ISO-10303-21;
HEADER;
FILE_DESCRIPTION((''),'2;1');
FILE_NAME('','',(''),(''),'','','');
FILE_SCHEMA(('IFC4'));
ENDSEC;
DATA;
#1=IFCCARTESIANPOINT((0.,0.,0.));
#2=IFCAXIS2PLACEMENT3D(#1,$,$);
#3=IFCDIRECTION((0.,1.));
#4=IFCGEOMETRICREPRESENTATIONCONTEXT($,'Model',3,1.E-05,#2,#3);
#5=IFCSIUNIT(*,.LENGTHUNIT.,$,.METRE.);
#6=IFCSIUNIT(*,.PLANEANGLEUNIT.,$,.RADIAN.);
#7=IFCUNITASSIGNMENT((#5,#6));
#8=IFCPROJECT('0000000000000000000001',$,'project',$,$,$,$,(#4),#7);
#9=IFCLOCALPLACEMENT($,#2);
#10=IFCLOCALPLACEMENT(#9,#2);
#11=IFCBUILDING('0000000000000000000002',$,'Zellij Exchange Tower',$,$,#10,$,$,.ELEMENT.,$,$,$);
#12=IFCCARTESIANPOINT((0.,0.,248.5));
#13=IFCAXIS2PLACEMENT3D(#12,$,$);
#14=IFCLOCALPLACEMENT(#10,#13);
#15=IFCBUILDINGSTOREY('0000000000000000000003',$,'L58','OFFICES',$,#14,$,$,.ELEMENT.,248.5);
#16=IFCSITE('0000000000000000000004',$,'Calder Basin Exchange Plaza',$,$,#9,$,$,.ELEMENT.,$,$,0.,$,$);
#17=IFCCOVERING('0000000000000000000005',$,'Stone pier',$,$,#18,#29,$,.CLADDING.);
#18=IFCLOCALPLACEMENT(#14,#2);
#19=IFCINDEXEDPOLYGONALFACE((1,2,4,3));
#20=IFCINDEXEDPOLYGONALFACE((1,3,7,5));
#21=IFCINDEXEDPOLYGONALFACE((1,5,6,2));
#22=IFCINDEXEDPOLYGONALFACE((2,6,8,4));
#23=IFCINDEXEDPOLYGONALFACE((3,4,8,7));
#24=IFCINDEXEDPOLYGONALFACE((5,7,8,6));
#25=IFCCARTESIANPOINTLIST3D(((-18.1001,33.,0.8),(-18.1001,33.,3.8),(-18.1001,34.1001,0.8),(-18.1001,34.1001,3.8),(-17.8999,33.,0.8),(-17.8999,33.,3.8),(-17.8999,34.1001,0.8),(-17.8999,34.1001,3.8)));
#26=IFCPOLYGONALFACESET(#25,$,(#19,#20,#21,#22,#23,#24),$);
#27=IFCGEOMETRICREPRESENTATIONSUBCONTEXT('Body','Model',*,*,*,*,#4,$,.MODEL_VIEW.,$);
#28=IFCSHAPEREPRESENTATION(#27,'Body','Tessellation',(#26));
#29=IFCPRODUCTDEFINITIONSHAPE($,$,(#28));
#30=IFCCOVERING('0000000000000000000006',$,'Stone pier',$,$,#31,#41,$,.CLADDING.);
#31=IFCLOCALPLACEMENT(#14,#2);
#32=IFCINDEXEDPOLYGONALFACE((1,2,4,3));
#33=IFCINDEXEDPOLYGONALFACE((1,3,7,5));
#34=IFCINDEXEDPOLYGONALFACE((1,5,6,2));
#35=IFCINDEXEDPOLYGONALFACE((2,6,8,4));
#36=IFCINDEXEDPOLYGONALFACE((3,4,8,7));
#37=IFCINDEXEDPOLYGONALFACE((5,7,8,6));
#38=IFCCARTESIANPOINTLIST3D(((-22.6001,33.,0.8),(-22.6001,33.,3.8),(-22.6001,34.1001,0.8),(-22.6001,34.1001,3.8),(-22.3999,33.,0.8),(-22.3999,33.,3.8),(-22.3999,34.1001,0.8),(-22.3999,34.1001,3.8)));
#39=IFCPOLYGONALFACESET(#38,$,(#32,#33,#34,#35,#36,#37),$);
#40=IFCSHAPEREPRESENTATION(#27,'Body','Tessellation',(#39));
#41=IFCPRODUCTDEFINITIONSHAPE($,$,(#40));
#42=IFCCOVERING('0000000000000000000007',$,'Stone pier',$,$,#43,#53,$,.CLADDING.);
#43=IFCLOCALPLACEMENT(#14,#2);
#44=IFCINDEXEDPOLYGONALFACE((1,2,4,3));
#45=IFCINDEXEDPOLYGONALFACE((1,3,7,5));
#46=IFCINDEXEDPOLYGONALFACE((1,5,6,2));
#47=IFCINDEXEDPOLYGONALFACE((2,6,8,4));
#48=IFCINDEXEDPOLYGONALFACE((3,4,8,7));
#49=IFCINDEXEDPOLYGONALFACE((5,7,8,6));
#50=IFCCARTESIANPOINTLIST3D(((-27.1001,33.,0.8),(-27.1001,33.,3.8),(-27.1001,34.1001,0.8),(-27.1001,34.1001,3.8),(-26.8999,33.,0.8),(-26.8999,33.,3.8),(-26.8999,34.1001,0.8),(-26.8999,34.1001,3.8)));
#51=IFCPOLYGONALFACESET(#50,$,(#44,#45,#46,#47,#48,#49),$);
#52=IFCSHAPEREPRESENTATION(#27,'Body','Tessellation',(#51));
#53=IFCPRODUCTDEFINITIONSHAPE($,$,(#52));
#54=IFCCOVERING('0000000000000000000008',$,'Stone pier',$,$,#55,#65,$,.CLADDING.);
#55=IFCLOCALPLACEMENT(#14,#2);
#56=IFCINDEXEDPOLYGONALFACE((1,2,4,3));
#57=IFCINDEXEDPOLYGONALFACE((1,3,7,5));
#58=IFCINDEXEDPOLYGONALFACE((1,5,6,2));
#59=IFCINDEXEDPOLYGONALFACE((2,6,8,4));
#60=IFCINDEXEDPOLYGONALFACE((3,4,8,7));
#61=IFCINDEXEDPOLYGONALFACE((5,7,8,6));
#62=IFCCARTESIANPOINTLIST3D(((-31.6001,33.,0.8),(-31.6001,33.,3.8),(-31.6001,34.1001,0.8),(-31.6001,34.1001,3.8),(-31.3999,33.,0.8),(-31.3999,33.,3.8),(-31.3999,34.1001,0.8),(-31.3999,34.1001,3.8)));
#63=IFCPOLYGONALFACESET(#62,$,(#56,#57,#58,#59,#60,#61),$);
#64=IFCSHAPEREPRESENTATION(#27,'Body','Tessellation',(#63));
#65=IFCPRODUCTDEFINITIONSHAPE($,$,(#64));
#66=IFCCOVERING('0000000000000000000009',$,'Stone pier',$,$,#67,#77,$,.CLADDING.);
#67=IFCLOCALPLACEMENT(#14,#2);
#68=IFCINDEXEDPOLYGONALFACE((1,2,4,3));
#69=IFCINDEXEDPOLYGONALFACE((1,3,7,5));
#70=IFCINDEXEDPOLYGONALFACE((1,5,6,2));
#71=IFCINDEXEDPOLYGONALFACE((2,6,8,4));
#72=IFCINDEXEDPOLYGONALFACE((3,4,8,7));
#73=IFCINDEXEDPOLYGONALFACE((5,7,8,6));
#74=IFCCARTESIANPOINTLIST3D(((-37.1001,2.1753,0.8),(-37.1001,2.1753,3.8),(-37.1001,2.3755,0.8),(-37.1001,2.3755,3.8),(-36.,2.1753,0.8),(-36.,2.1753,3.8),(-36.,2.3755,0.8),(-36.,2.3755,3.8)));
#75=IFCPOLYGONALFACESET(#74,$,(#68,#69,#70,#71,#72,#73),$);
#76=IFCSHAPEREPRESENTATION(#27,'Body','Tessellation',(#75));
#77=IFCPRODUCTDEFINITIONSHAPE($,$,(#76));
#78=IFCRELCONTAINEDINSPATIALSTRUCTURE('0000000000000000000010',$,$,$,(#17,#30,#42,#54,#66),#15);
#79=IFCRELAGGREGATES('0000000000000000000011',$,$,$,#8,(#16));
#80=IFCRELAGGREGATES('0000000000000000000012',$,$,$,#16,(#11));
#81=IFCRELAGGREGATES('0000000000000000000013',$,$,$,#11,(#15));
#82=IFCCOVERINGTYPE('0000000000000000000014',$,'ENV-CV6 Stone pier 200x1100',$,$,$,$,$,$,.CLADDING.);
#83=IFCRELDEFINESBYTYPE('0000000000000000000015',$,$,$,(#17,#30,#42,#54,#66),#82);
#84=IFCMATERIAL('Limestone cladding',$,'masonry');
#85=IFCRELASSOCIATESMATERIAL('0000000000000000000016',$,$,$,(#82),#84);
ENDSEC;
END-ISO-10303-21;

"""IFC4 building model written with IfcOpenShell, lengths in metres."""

from ifc_helpers import new_model, si_unit, direction, frame, origin, place, context, subcontext, project, spatial, polyline, outline, extrude, material, type_object, element, save


model = new_model("IFC4")

# Units and contexts
model_context = context("Model", 3, precision=1e-05, world=origin(), true_north=direction((0.0, 1.0)))
body_context = subcontext(model_context, "Body", "Model", "MODEL_VIEW")
ifc_project = project(units=[si_unit("LENGTHUNIT", "METRE"), si_unit("PLANEANGLEUNIT", "RADIAN")], contexts=[model_context])

# Site, building, storey
site_placement = place(None, origin())
site = spatial("IfcSite", under=ifc_project, at=site_placement, Name="Calder Basin Exchange Plaza", CompositionType="ELEMENT", RefElevation=0.0)
building_placement = place(site_placement, origin())
building = spatial("IfcBuilding", under=site, at=building_placement, Name="Zellij Exchange Tower", CompositionType="ELEMENT")
storey_placement = place(building_placement, frame((0.0, 0.0, 248.5)))
storey = spatial("IfcBuildingStorey", under=building, at=storey_placement, Name="L58", Description="OFFICES", CompositionType="ELEMENT", Elevation=248.5)

# Coverings
ifc_material = material(Name="Limestone cladding", Category="masonry")
covering_type_1 = type_object("IfcCoveringType", Name="ENV-CV6 Stone pier 200x1100", PredefinedType="CLADDING", material=ifc_material)
covering_1_placement = place(storey_placement, frame((0.0, 0.0, 0.8)))
element("IfcCovering", 1, at=covering_1_placement, inside=storey, type_object=covering_type_1, Name="Stone pier", PredefinedType="CLADDING", context=body_context, shape_type="SweptSolid", body=[
    extrude(outline(polyline([(-17.8999, 33.0), (-18.1001, 33.0), (-18.1001, 34.1001), (-17.8999, 34.1001), (-17.8999, 33.0)])), origin(), (0.0, 0.0, 1.0), 3.0),
])
covering_2_placement = place(storey_placement, frame((0.0, 0.0, 0.8)))
element("IfcCovering", 2, at=covering_2_placement, inside=storey, type_object=covering_type_1, Name="Stone pier", PredefinedType="CLADDING", context=body_context, shape_type="SweptSolid", body=[
    extrude(outline(polyline([(-22.3999, 33.0), (-22.6001, 33.0), (-22.6001, 34.1001), (-22.3999, 34.1001), (-22.3999, 33.0)])), origin(), (0.0, 0.0, 1.0), 3.0),
])
covering_3_placement = place(storey_placement, frame((0.0, 0.0, 0.8)))
element("IfcCovering", 3, at=covering_3_placement, inside=storey, type_object=covering_type_1, Name="Stone pier", PredefinedType="CLADDING", context=body_context, shape_type="SweptSolid", body=[
    extrude(outline(polyline([(-26.8999, 33.0), (-27.1001, 33.0), (-27.1001, 34.1001), (-26.8999, 34.1001), (-26.8999, 33.0)])), origin(), (0.0, 0.0, 1.0), 3.0),
])
covering_4_placement = place(storey_placement, frame((0.0, 0.0, 0.8)))
element("IfcCovering", 4, at=covering_4_placement, inside=storey, type_object=covering_type_1, Name="Stone pier", PredefinedType="CLADDING", context=body_context, shape_type="SweptSolid", body=[
    extrude(outline(polyline([(-31.3999, 33.0), (-31.6001, 33.0), (-31.6001, 34.1001), (-31.3999, 34.1001), (-31.3999, 33.0)])), origin(), (0.0, 0.0, 1.0), 3.0),
])
covering_5_placement = place(storey_placement, frame((0.0, 0.0, 0.8)))
element("IfcCovering", 5, at=covering_5_placement, inside=storey, type_object=covering_type_1, Name="Stone pier", PredefinedType="CLADDING", context=body_context, shape_type="SweptSolid", body=[
    extrude(outline(polyline([(-36.0, 2.3755), (-36.0, 2.1753), (-37.1001, 2.1753), (-37.1001, 2.3755), (-36.0, 2.3755)])), origin(), (0.0, 0.0, 1.0), 3.0),
])

save(model, "model.ifc")
